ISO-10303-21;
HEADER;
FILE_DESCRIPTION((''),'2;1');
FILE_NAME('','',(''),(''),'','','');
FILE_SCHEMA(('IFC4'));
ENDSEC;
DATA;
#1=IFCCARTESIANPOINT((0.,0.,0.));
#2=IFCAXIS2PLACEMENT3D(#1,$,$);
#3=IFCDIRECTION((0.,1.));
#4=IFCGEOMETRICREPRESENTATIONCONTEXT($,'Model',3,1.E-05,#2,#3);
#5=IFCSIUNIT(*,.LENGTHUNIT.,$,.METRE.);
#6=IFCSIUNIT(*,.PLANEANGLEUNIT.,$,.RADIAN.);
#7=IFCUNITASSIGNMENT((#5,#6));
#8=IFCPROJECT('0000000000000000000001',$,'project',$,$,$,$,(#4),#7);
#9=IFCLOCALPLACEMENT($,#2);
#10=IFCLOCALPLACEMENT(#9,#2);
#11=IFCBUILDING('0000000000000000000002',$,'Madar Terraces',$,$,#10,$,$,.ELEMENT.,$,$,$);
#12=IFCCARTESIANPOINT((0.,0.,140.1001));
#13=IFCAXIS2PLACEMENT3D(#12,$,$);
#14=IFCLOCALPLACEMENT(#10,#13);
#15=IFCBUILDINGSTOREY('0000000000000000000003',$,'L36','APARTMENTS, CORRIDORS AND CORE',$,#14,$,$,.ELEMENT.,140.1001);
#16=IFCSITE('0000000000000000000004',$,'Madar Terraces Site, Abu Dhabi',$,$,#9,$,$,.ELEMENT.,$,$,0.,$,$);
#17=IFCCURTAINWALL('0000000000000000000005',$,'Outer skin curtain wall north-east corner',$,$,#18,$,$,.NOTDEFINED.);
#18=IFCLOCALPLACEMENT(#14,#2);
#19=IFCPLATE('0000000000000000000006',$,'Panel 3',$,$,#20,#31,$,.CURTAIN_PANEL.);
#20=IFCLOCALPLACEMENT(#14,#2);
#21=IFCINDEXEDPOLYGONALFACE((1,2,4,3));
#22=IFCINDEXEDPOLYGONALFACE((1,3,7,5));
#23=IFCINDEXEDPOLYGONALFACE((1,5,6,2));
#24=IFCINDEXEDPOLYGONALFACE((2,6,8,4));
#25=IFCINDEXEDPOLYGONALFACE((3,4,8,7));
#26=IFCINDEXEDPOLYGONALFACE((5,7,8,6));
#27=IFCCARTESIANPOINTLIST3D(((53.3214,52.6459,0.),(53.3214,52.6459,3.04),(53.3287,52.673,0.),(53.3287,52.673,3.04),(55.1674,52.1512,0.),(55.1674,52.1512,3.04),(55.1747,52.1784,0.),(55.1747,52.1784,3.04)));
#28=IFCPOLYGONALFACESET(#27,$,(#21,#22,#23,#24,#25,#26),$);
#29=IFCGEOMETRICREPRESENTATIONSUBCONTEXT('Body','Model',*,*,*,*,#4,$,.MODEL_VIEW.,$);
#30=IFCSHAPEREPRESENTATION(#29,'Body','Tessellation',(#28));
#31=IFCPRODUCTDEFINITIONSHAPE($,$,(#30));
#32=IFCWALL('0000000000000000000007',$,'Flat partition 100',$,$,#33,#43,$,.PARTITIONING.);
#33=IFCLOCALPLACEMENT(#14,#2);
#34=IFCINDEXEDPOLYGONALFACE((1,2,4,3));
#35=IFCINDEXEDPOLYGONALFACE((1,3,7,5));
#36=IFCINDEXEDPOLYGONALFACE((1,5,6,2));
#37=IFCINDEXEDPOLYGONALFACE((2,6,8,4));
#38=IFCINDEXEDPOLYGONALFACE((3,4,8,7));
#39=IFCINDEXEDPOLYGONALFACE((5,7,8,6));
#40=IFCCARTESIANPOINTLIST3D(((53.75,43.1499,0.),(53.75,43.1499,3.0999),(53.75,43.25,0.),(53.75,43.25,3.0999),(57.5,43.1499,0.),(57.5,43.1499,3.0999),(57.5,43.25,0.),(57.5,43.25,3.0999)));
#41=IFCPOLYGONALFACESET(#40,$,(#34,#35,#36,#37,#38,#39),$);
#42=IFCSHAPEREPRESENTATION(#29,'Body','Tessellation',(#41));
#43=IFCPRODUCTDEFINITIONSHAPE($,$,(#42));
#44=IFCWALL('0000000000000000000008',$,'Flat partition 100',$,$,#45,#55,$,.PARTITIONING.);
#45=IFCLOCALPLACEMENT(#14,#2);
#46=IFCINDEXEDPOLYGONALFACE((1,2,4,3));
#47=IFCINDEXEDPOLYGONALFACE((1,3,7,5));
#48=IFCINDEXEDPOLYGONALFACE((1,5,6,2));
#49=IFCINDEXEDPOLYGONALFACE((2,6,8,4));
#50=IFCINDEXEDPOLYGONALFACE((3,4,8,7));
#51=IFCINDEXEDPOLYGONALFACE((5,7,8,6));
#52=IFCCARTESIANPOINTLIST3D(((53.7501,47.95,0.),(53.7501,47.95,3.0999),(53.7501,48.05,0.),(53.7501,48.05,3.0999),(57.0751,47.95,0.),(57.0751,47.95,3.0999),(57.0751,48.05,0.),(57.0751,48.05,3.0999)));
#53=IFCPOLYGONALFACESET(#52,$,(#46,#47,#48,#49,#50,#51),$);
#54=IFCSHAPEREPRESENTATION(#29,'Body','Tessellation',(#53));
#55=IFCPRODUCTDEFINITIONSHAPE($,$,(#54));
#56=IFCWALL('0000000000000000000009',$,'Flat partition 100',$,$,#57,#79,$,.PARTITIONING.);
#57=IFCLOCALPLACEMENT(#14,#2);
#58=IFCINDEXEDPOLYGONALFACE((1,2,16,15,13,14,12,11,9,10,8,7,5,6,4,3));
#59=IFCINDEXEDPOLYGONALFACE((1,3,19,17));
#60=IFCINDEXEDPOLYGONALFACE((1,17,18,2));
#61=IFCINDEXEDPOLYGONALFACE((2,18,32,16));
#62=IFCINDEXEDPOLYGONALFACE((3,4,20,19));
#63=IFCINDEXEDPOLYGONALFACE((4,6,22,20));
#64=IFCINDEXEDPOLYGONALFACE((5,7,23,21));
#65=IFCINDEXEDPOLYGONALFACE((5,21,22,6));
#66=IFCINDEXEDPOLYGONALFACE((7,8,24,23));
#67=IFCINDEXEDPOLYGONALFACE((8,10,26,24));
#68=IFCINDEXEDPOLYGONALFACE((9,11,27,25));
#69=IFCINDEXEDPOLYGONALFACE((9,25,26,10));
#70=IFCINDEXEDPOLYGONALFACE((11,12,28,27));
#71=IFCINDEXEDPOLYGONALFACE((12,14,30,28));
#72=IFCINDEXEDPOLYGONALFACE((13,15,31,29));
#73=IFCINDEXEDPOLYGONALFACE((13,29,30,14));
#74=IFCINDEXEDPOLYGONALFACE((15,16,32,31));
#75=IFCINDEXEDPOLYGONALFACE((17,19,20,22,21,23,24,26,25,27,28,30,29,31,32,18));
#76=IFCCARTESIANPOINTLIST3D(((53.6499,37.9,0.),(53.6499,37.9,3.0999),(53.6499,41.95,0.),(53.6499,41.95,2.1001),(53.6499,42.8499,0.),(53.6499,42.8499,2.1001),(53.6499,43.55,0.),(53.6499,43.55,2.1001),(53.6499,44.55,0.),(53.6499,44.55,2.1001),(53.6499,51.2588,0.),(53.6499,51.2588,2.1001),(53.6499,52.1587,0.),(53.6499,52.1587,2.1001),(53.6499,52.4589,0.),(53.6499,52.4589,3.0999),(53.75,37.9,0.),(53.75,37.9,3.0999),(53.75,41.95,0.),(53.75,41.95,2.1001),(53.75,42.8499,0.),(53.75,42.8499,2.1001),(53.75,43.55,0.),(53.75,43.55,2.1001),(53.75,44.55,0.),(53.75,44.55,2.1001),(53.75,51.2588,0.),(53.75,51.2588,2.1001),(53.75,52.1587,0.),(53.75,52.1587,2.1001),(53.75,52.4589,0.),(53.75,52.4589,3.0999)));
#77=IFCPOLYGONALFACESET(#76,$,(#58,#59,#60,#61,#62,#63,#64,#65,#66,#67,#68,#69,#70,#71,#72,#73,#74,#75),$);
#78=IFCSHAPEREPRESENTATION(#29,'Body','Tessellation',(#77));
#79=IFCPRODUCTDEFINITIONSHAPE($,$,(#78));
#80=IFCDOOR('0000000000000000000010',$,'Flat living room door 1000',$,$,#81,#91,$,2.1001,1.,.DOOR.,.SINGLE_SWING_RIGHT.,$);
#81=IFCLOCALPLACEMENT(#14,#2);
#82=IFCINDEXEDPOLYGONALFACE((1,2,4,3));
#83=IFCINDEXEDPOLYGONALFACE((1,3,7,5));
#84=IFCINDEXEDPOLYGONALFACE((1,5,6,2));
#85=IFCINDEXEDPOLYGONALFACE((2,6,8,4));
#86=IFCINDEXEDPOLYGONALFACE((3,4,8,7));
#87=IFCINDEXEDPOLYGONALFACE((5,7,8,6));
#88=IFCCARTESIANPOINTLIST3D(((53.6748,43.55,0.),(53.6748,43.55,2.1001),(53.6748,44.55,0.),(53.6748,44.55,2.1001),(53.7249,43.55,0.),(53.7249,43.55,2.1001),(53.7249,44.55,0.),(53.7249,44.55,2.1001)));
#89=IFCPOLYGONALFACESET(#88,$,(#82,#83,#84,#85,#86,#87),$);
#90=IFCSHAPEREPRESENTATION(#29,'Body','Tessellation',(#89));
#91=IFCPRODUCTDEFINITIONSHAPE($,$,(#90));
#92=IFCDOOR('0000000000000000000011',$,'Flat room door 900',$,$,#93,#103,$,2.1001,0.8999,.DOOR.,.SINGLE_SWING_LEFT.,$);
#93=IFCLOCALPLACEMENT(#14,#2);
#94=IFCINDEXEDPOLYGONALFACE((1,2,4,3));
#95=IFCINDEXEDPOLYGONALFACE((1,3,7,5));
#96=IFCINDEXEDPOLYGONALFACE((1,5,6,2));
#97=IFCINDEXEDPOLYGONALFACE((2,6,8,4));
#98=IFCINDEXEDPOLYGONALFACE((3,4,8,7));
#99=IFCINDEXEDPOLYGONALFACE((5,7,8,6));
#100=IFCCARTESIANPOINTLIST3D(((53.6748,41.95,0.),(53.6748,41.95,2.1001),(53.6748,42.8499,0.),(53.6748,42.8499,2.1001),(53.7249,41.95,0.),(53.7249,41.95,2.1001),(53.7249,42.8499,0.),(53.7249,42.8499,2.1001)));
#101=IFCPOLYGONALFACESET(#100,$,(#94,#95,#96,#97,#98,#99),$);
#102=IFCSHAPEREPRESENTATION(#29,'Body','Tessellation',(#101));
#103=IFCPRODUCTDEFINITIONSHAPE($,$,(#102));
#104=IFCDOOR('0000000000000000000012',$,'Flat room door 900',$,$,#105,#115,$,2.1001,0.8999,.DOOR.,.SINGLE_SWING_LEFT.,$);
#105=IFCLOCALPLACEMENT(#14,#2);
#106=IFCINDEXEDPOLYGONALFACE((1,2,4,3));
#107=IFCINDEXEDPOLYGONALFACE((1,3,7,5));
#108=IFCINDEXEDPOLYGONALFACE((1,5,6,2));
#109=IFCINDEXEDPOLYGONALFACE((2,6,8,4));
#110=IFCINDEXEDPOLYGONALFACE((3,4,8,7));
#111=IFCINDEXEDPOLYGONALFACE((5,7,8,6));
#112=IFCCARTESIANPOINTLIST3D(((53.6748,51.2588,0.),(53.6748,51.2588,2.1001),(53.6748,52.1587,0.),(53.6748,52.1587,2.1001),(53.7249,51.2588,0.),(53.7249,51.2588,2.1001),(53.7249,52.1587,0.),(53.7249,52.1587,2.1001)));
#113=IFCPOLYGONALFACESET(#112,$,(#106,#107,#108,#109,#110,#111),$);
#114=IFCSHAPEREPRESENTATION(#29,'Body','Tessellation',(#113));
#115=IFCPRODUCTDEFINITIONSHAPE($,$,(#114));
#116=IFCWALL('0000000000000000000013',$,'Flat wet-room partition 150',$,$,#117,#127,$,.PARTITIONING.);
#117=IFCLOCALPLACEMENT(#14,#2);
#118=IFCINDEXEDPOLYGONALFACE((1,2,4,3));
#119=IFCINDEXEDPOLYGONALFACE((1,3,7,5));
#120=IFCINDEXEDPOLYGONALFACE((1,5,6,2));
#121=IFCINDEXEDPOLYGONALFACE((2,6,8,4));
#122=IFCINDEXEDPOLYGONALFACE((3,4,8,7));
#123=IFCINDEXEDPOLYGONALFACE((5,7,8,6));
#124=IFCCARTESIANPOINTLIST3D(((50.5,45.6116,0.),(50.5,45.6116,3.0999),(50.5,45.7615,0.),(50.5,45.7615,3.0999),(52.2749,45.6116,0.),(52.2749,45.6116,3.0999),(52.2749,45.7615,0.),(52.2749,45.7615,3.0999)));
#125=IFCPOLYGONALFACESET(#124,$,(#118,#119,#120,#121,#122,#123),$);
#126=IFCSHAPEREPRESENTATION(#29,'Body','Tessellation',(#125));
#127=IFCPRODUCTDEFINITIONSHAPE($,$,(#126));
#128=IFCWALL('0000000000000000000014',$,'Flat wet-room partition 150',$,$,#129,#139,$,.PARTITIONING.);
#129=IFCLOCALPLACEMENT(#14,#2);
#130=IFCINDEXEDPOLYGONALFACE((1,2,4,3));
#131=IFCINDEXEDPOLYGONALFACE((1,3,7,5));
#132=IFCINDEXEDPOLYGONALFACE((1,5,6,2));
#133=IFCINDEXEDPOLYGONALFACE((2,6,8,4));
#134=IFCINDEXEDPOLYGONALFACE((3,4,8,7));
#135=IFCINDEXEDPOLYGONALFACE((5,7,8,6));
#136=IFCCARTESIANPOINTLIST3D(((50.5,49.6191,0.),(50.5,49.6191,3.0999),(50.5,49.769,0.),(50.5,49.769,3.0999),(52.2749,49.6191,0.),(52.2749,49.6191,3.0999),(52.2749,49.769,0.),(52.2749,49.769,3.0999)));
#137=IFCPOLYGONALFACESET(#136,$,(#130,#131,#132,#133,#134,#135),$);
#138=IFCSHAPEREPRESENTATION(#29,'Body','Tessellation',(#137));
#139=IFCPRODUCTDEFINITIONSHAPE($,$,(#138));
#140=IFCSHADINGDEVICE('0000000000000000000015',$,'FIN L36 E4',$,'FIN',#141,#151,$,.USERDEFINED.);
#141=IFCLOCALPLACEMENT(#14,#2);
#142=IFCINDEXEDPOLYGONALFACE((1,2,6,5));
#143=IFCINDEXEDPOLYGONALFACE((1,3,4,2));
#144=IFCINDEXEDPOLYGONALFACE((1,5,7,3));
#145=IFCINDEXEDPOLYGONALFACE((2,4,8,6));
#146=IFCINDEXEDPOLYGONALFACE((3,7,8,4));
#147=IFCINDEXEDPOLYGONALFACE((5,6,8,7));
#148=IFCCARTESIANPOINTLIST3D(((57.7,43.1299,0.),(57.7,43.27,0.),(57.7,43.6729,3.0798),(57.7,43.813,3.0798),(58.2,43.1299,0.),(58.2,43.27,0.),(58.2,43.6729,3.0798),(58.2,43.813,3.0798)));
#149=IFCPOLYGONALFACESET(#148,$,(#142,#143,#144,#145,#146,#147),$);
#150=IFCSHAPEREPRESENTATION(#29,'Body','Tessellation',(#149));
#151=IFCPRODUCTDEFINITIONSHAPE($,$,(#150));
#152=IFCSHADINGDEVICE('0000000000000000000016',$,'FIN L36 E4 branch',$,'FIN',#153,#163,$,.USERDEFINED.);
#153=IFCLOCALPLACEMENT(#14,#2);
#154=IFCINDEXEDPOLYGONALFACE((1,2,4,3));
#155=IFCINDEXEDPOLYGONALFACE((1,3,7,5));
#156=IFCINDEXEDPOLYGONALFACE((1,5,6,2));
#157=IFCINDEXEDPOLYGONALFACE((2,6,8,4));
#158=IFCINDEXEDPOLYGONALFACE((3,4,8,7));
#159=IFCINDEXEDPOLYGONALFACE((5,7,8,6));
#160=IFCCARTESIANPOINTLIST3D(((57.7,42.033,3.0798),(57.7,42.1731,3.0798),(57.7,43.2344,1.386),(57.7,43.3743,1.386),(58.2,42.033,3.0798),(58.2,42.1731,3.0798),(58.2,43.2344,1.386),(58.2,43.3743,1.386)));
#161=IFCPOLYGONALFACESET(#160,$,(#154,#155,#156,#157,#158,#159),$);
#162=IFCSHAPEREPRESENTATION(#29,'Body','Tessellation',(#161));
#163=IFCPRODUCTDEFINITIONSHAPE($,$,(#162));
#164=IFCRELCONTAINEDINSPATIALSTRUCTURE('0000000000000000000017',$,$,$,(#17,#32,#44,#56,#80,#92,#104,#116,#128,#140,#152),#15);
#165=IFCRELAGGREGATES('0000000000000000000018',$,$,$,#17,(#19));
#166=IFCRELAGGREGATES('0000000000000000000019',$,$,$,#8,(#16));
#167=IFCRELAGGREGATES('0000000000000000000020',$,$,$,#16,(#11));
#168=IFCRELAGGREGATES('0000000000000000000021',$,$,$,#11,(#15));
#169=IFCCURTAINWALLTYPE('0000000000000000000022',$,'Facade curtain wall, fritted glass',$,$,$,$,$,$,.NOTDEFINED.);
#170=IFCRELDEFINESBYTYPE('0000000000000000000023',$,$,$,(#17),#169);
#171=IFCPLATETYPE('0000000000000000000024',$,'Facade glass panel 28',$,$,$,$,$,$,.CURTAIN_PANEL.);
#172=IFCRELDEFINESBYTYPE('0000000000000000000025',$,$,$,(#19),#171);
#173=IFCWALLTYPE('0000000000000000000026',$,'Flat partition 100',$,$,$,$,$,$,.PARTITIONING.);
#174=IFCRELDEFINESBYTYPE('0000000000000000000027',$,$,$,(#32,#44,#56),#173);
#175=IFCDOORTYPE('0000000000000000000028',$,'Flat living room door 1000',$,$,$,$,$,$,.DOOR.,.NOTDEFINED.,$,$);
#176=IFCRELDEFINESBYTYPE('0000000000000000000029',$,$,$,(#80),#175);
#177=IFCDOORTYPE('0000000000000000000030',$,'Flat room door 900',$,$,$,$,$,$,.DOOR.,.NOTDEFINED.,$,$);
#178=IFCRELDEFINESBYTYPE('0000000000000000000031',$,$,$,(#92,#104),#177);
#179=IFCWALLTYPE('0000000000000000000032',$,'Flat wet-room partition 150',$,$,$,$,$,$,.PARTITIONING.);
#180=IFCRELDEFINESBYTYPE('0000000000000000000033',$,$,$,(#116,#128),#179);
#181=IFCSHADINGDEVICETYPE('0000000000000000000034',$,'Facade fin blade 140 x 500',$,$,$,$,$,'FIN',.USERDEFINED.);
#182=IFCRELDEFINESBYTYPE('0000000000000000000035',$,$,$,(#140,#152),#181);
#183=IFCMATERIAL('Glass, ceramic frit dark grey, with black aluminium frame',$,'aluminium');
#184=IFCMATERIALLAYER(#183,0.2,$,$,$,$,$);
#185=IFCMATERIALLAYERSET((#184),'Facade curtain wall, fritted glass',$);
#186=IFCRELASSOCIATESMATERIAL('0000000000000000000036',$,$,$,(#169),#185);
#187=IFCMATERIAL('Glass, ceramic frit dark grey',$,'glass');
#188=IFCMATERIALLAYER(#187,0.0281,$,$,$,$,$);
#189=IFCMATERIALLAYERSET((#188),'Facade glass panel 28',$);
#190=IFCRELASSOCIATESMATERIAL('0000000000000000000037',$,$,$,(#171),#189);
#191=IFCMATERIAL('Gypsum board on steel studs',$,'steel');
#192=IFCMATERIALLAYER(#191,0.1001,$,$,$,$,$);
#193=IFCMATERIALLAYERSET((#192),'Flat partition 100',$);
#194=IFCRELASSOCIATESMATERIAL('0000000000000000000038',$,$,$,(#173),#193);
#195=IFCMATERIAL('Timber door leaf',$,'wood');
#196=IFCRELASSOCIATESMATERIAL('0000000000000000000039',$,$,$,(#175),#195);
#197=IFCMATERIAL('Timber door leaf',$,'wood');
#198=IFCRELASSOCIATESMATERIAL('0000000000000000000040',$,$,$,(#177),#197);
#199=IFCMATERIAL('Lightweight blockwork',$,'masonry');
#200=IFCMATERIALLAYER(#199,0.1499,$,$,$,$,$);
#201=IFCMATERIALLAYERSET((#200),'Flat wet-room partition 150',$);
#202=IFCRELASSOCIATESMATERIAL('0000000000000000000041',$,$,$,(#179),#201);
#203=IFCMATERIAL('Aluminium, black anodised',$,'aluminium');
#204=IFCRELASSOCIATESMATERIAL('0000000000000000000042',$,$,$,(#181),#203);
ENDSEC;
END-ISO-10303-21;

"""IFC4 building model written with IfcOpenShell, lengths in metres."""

from ifc_helpers import new_model, si_unit, direction, frame, frame_2d, origin, origin_2d, place, context, subcontext, project, spatial, polyline, rectangle, outline, extrude, material, layer, layer_set, type_object, element, fill, aggregate, save


model = new_model("IFC4")

# Units and contexts
model_context = context("Model", 3, precision=1e-05, world=origin(), true_north=direction((0.0, 1.0)))
body_context = subcontext(model_context, "Body", "Model", "MODEL_VIEW")
ifc_project = project(units=[si_unit("LENGTHUNIT", "METRE"), si_unit("PLANEANGLEUNIT", "RADIAN")], contexts=[model_context])

# Site, building, storey
site_placement = place(None, origin())
site = spatial("IfcSite", under=ifc_project, at=site_placement, Name="Madar Terraces Site, Abu Dhabi", CompositionType="ELEMENT", RefElevation=0.0)
building_placement = place(site_placement, origin())
building = spatial("IfcBuilding", under=site, at=building_placement, Name="Madar Terraces", CompositionType="ELEMENT")
storey_placement = place(building_placement, frame((0.0, 0.0, 140.1001)))
storey = spatial("IfcBuildingStorey", under=building, at=storey_placement, Name="L36", Description="APARTMENTS, CORRIDORS AND CORE", CompositionType="ELEMENT", Elevation=140.1001)

# Shared definitions
ifc_material_1 = material(Name="Glass, ceramic frit dark grey, with black aluminium frame", Category="aluminium")
ifc_layer_1 = layer(ifc_material_1, 0.2)
ifc_layer_set_1 = layer_set([ifc_layer_1], Name="Facade curtain wall, fritted glass")
curtain_wall_type = type_object("IfcCurtainWallType", Name="Facade curtain wall, fritted glass", PredefinedType="NOTDEFINED", material=ifc_layer_set_1)

# Curtain wall
curtain_wall_1_placement = place(storey_placement, origin())
curtain_wall_1 = element("IfcCurtainWall", 1, at=curtain_wall_1_placement, inside=storey, type_object=curtain_wall_type, Name="Outer skin curtain wall north-east corner", PredefinedType="NOTDEFINED")

# Plate
ifc_material_2 = material(Name="Glass, ceramic frit dark grey", Category="glass")
ifc_layer_2 = layer(ifc_material_2, 0.0281)
ifc_layer_set_2 = layer_set([ifc_layer_2], Name="Facade glass panel 28")
plate_type = type_object("IfcPlateType", Name="Facade glass panel 28", PredefinedType="CURTAIN_PANEL", material=ifc_layer_set_2)
plate_1_placement = place(storey_placement, frame((54.248, 52.4121, 0.0), z_axis=(0.0, 0.0, 1.0), x_axis=(-0.965926, 0.258819, 0.0)))
plate_1 = element("IfcPlate", 2, at=plate_1_placement, type_object=plate_type, Name="Panel 3", PredefinedType="CURTAIN_PANEL", context=body_context, shape_type="SweptSolid", body=[
    extrude(rectangle(XDim=1.9111, YDim=0.0281, at=origin_2d()), origin(), (0.0, 0.0, 1.0), 3.04),
])
aggregate(curtain_wall_1, [plate_1])

# Walls
ifc_material_3 = material(Name="Gypsum board on steel studs", Category="steel")
ifc_layer_3 = layer(ifc_material_3, 0.1001)
ifc_layer_set_3 = layer_set([ifc_layer_3], Name="Flat partition 100")
wall_type_1 = type_object("IfcWallType", Name="Flat partition 100", PredefinedType="PARTITIONING", material=ifc_layer_set_3)
wall_1_placement = place(storey_placement, frame((53.75, 43.2, 0.0), z_axis=(0.0, 0.0, 1.0), x_axis=(1.0, 0.0, 0.0)))
element("IfcWall", 3, at=wall_1_placement, inside=storey, type_object=wall_type_1, Name="Flat partition 100", PredefinedType="PARTITIONING", context=body_context, shape_type="SweptSolid", body=[
    extrude(rectangle(XDim=3.75, YDim=0.1001, at=frame_2d((1.875, 0.0))), origin(), (0.0, 0.0, 1.0), 3.0999),
])
wall_2_placement = place(storey_placement, frame((53.75, 48.0, 0.0), z_axis=(0.0, 0.0, 1.0), x_axis=(1.0, 0.0, 0.0)))
element("IfcWall", 4, at=wall_2_placement, inside=storey, type_object=wall_type_1, Name="Flat partition 100", PredefinedType="PARTITIONING", context=body_context, shape_type="SweptSolid", body=[
    extrude(rectangle(XDim=3.325, YDim=0.1001, at=frame_2d((1.6626, 0.0))), origin(), (0.0, 0.0, 1.0), 3.0999),
])

# Wall, openings, doors
wall_3_placement = place(storey_placement, frame((53.7, 52.4587, 0.0), z_axis=(0.0, 0.0, 1.0), x_axis=(0.0, -1.0, 0.0)))
wall_3 = element("IfcWall", 5, at=wall_3_placement, inside=storey, type_object=wall_type_1, Name="Flat partition 100", PredefinedType="PARTITIONING", context=body_context, shape_type="SweptSolid", body=[
    extrude(rectangle(XDim=14.5588, YDim=0.1001, at=frame_2d((7.2793, 0.0))), origin(), (0.0, 0.0, 1.0), 3.0999),
])
opening_1_placement = place(wall_3_placement, frame((9.6089, 0.0, 0.0)))
opening_1 = element("IfcOpeningElement", 6, at=opening_1_placement, cuts=wall_3, PredefinedType="OPENING", context=body_context, shape_type="SweptSolid", body=[
    extrude(rectangle(XDim=0.8999, YDim=2.1001, at=frame_2d((0.45, 1.05))), frame((0.0, 0.0601, 0.0), z_axis=(0.0, -1.0, 0.0), x_axis=(1.0, 0.0, 0.0)), (0.0, 0.0, 1.0), 0.1201),
])
opening_2_placement = place(wall_3_placement, frame((7.9087, 0.0, 0.0)))
opening_2 = element("IfcOpeningElement", 7, at=opening_2_placement, cuts=wall_3, PredefinedType="OPENING", context=body_context, shape_type="SweptSolid", body=[
    extrude(rectangle(XDim=1.0, YDim=2.1001, at=frame_2d((0.5, 1.05))), frame((0.0, 0.0601, 0.0), z_axis=(0.0, -1.0, 0.0), x_axis=(1.0, 0.0, 0.0)), (0.0, 0.0, 1.0), 0.1201),
])
opening_3_placement = place(wall_3_placement, frame((0.3, 0.0, 0.0)))
opening_3 = element("IfcOpeningElement", 8, at=opening_3_placement, cuts=wall_3, PredefinedType="OPENING", context=body_context, shape_type="SweptSolid", body=[
    extrude(rectangle(XDim=0.8999, YDim=2.1001, at=frame_2d((0.45, 1.05))), frame((0.0, 0.0601, 0.0), z_axis=(0.0, -1.0, 0.0), x_axis=(1.0, 0.0, 0.0)), (0.0, 0.0, 1.0), 0.1201),
])
ifc_material_4 = material(Name="Timber door leaf", Category="wood")
door_type_1 = type_object("IfcDoorType", Name="Flat living room door 1000", OperationType="NOTDEFINED", PredefinedType="DOOR", material=ifc_material_4)
door_1_placement = place(opening_2_placement, origin())
door_1 = element("IfcDoor", 9, at=door_1_placement, inside=storey, type_object=door_type_1, Name="Flat living room door 1000", OperationType="SINGLE_SWING_RIGHT", OverallHeight=2.1001, OverallWidth=1.0, PredefinedType="DOOR", context=body_context, shape_type="SweptSolid", body=[
    extrude(rectangle(XDim=1.0, YDim=2.1001, at=frame_2d((0.5, 1.05))), frame((0.0, 0.0249, 0.0), z_axis=(0.0, -1.0, 0.0), x_axis=(1.0, 0.0, 0.0)), (0.0, 0.0, 1.0), 0.05),
])
fill(opening_2, door_1)
ifc_material_5 = material(Name="Timber door leaf", Category="wood")
door_type_2 = type_object("IfcDoorType", Name="Flat room door 900", OperationType="NOTDEFINED", PredefinedType="DOOR", material=ifc_material_5)
door_2_placement = place(opening_1_placement, origin())
door_2 = element("IfcDoor", 10, at=door_2_placement, inside=storey, type_object=door_type_2, Name="Flat room door 900", OperationType="SINGLE_SWING_LEFT", OverallHeight=2.1001, OverallWidth=0.8999, PredefinedType="DOOR", context=body_context, shape_type="SweptSolid", body=[
    extrude(rectangle(XDim=0.8999, YDim=2.1001, at=frame_2d((0.45, 1.05))), frame((0.0, 0.0249, 0.0), z_axis=(0.0, -1.0, 0.0), x_axis=(1.0, 0.0, 0.0)), (0.0, 0.0, 1.0), 0.05),
])
fill(opening_1, door_2)
door_3_placement = place(opening_3_placement, origin())
door_3 = element("IfcDoor", 11, at=door_3_placement, inside=storey, type_object=door_type_2, Name="Flat room door 900", OperationType="SINGLE_SWING_LEFT", OverallHeight=2.1001, OverallWidth=0.8999, PredefinedType="DOOR", context=body_context, shape_type="SweptSolid", body=[
    extrude(rectangle(XDim=0.8999, YDim=2.1001, at=frame_2d((0.45, 1.05))), frame((0.0, 0.0249, 0.0), z_axis=(0.0, -1.0, 0.0), x_axis=(1.0, 0.0, 0.0)), (0.0, 0.0, 1.0), 0.05),
])
fill(opening_3, door_3)

# Walls
ifc_material_6 = material(Name="Lightweight blockwork", Category="masonry")
ifc_layer_4 = layer(ifc_material_6, 0.1499)
ifc_layer_set_4 = layer_set([ifc_layer_4], Name="Flat wet-room partition 150")
wall_type_2 = type_object("IfcWallType", Name="Flat wet-room partition 150", PredefinedType="PARTITIONING", material=ifc_layer_set_4)
for number, where, z_axis, x_axis, name in (
    (12, (50.5, 45.6865, 0.0), (0.0, 0.0, 1.0), (1.0, 0.0, 0.0), "Flat wet-room partition 150"),
    (13, (50.5, 49.6941, 0.0), (0.0, 0.0, 1.0), (1.0, 0.0, 0.0), "Flat wet-room partition 150"),
):
    element("IfcWall", number, at=place(storey_placement, frame(where, z_axis=z_axis, x_axis=x_axis)), inside=storey, type_object=wall_type_2, Name=name, PredefinedType="PARTITIONING", context=body_context, shape_type="SweptSolid", body=[
        extrude(rectangle(XDim=1.7749, YDim=0.1499, at=frame_2d((0.8875, 0.0))), origin(), (0.0, 0.0, 1.0), 3.0999),
    ])

# Shading devices
ifc_material_7 = material(Name="Aluminium, black anodised", Category="aluminium")
shading_device_type = type_object("IfcShadingDeviceType", Name="Facade fin blade 140 x 500", ElementType="FIN", PredefinedType="USERDEFINED", material=ifc_material_7)
shading_device_1_placement = place(storey_placement, frame((57.95, 43.1299, 0.0), z_axis=(0.0, 0.0, 1.0), x_axis=(0.0, 1.0, 0.0)))
element("IfcShadingDevice", 14, at=shading_device_1_placement, inside=storey, type_object=shading_device_type, Name="FIN L36 E4", ObjectType="FIN", PredefinedType="USERDEFINED", context=body_context, shape_type="SweptSolid", body=[
    extrude(outline(polyline([(0.0, 0.0), (0.1401, 0.0), (0.6831, 3.0798), (0.543, 3.0798), (0.0, 0.0)])), frame((0.0, 0.25, 0.0), z_axis=(0.0, -1.0, 0.0), x_axis=(1.0, 0.0, 0.0)), (0.0, 0.0, 1.0), 0.5),
])
shading_device_2_placement = place(storey_placement, frame((57.95, 43.2344, 1.386), z_axis=(0.0, 0.0, 1.0), x_axis=(0.0, 1.0, 0.0)))
element("IfcShadingDevice", 15, at=shading_device_2_placement, inside=storey, type_object=shading_device_type, Name="FIN L36 E4 branch", ObjectType="FIN", PredefinedType="USERDEFINED", context=body_context, shape_type="SweptSolid", body=[
    extrude(outline(polyline([(0.0, 0.0), (0.1399, 0.0), (-1.0613, 1.6938), (-1.2014, 1.6938), (0.0, 0.0)])), frame((0.0, 0.25, 0.0), z_axis=(0.0, -1.0, 0.0), x_axis=(1.0, 0.0, 0.0)), (0.0, 0.0, 1.0), 0.5),
])

save(model, "model.ifc")
